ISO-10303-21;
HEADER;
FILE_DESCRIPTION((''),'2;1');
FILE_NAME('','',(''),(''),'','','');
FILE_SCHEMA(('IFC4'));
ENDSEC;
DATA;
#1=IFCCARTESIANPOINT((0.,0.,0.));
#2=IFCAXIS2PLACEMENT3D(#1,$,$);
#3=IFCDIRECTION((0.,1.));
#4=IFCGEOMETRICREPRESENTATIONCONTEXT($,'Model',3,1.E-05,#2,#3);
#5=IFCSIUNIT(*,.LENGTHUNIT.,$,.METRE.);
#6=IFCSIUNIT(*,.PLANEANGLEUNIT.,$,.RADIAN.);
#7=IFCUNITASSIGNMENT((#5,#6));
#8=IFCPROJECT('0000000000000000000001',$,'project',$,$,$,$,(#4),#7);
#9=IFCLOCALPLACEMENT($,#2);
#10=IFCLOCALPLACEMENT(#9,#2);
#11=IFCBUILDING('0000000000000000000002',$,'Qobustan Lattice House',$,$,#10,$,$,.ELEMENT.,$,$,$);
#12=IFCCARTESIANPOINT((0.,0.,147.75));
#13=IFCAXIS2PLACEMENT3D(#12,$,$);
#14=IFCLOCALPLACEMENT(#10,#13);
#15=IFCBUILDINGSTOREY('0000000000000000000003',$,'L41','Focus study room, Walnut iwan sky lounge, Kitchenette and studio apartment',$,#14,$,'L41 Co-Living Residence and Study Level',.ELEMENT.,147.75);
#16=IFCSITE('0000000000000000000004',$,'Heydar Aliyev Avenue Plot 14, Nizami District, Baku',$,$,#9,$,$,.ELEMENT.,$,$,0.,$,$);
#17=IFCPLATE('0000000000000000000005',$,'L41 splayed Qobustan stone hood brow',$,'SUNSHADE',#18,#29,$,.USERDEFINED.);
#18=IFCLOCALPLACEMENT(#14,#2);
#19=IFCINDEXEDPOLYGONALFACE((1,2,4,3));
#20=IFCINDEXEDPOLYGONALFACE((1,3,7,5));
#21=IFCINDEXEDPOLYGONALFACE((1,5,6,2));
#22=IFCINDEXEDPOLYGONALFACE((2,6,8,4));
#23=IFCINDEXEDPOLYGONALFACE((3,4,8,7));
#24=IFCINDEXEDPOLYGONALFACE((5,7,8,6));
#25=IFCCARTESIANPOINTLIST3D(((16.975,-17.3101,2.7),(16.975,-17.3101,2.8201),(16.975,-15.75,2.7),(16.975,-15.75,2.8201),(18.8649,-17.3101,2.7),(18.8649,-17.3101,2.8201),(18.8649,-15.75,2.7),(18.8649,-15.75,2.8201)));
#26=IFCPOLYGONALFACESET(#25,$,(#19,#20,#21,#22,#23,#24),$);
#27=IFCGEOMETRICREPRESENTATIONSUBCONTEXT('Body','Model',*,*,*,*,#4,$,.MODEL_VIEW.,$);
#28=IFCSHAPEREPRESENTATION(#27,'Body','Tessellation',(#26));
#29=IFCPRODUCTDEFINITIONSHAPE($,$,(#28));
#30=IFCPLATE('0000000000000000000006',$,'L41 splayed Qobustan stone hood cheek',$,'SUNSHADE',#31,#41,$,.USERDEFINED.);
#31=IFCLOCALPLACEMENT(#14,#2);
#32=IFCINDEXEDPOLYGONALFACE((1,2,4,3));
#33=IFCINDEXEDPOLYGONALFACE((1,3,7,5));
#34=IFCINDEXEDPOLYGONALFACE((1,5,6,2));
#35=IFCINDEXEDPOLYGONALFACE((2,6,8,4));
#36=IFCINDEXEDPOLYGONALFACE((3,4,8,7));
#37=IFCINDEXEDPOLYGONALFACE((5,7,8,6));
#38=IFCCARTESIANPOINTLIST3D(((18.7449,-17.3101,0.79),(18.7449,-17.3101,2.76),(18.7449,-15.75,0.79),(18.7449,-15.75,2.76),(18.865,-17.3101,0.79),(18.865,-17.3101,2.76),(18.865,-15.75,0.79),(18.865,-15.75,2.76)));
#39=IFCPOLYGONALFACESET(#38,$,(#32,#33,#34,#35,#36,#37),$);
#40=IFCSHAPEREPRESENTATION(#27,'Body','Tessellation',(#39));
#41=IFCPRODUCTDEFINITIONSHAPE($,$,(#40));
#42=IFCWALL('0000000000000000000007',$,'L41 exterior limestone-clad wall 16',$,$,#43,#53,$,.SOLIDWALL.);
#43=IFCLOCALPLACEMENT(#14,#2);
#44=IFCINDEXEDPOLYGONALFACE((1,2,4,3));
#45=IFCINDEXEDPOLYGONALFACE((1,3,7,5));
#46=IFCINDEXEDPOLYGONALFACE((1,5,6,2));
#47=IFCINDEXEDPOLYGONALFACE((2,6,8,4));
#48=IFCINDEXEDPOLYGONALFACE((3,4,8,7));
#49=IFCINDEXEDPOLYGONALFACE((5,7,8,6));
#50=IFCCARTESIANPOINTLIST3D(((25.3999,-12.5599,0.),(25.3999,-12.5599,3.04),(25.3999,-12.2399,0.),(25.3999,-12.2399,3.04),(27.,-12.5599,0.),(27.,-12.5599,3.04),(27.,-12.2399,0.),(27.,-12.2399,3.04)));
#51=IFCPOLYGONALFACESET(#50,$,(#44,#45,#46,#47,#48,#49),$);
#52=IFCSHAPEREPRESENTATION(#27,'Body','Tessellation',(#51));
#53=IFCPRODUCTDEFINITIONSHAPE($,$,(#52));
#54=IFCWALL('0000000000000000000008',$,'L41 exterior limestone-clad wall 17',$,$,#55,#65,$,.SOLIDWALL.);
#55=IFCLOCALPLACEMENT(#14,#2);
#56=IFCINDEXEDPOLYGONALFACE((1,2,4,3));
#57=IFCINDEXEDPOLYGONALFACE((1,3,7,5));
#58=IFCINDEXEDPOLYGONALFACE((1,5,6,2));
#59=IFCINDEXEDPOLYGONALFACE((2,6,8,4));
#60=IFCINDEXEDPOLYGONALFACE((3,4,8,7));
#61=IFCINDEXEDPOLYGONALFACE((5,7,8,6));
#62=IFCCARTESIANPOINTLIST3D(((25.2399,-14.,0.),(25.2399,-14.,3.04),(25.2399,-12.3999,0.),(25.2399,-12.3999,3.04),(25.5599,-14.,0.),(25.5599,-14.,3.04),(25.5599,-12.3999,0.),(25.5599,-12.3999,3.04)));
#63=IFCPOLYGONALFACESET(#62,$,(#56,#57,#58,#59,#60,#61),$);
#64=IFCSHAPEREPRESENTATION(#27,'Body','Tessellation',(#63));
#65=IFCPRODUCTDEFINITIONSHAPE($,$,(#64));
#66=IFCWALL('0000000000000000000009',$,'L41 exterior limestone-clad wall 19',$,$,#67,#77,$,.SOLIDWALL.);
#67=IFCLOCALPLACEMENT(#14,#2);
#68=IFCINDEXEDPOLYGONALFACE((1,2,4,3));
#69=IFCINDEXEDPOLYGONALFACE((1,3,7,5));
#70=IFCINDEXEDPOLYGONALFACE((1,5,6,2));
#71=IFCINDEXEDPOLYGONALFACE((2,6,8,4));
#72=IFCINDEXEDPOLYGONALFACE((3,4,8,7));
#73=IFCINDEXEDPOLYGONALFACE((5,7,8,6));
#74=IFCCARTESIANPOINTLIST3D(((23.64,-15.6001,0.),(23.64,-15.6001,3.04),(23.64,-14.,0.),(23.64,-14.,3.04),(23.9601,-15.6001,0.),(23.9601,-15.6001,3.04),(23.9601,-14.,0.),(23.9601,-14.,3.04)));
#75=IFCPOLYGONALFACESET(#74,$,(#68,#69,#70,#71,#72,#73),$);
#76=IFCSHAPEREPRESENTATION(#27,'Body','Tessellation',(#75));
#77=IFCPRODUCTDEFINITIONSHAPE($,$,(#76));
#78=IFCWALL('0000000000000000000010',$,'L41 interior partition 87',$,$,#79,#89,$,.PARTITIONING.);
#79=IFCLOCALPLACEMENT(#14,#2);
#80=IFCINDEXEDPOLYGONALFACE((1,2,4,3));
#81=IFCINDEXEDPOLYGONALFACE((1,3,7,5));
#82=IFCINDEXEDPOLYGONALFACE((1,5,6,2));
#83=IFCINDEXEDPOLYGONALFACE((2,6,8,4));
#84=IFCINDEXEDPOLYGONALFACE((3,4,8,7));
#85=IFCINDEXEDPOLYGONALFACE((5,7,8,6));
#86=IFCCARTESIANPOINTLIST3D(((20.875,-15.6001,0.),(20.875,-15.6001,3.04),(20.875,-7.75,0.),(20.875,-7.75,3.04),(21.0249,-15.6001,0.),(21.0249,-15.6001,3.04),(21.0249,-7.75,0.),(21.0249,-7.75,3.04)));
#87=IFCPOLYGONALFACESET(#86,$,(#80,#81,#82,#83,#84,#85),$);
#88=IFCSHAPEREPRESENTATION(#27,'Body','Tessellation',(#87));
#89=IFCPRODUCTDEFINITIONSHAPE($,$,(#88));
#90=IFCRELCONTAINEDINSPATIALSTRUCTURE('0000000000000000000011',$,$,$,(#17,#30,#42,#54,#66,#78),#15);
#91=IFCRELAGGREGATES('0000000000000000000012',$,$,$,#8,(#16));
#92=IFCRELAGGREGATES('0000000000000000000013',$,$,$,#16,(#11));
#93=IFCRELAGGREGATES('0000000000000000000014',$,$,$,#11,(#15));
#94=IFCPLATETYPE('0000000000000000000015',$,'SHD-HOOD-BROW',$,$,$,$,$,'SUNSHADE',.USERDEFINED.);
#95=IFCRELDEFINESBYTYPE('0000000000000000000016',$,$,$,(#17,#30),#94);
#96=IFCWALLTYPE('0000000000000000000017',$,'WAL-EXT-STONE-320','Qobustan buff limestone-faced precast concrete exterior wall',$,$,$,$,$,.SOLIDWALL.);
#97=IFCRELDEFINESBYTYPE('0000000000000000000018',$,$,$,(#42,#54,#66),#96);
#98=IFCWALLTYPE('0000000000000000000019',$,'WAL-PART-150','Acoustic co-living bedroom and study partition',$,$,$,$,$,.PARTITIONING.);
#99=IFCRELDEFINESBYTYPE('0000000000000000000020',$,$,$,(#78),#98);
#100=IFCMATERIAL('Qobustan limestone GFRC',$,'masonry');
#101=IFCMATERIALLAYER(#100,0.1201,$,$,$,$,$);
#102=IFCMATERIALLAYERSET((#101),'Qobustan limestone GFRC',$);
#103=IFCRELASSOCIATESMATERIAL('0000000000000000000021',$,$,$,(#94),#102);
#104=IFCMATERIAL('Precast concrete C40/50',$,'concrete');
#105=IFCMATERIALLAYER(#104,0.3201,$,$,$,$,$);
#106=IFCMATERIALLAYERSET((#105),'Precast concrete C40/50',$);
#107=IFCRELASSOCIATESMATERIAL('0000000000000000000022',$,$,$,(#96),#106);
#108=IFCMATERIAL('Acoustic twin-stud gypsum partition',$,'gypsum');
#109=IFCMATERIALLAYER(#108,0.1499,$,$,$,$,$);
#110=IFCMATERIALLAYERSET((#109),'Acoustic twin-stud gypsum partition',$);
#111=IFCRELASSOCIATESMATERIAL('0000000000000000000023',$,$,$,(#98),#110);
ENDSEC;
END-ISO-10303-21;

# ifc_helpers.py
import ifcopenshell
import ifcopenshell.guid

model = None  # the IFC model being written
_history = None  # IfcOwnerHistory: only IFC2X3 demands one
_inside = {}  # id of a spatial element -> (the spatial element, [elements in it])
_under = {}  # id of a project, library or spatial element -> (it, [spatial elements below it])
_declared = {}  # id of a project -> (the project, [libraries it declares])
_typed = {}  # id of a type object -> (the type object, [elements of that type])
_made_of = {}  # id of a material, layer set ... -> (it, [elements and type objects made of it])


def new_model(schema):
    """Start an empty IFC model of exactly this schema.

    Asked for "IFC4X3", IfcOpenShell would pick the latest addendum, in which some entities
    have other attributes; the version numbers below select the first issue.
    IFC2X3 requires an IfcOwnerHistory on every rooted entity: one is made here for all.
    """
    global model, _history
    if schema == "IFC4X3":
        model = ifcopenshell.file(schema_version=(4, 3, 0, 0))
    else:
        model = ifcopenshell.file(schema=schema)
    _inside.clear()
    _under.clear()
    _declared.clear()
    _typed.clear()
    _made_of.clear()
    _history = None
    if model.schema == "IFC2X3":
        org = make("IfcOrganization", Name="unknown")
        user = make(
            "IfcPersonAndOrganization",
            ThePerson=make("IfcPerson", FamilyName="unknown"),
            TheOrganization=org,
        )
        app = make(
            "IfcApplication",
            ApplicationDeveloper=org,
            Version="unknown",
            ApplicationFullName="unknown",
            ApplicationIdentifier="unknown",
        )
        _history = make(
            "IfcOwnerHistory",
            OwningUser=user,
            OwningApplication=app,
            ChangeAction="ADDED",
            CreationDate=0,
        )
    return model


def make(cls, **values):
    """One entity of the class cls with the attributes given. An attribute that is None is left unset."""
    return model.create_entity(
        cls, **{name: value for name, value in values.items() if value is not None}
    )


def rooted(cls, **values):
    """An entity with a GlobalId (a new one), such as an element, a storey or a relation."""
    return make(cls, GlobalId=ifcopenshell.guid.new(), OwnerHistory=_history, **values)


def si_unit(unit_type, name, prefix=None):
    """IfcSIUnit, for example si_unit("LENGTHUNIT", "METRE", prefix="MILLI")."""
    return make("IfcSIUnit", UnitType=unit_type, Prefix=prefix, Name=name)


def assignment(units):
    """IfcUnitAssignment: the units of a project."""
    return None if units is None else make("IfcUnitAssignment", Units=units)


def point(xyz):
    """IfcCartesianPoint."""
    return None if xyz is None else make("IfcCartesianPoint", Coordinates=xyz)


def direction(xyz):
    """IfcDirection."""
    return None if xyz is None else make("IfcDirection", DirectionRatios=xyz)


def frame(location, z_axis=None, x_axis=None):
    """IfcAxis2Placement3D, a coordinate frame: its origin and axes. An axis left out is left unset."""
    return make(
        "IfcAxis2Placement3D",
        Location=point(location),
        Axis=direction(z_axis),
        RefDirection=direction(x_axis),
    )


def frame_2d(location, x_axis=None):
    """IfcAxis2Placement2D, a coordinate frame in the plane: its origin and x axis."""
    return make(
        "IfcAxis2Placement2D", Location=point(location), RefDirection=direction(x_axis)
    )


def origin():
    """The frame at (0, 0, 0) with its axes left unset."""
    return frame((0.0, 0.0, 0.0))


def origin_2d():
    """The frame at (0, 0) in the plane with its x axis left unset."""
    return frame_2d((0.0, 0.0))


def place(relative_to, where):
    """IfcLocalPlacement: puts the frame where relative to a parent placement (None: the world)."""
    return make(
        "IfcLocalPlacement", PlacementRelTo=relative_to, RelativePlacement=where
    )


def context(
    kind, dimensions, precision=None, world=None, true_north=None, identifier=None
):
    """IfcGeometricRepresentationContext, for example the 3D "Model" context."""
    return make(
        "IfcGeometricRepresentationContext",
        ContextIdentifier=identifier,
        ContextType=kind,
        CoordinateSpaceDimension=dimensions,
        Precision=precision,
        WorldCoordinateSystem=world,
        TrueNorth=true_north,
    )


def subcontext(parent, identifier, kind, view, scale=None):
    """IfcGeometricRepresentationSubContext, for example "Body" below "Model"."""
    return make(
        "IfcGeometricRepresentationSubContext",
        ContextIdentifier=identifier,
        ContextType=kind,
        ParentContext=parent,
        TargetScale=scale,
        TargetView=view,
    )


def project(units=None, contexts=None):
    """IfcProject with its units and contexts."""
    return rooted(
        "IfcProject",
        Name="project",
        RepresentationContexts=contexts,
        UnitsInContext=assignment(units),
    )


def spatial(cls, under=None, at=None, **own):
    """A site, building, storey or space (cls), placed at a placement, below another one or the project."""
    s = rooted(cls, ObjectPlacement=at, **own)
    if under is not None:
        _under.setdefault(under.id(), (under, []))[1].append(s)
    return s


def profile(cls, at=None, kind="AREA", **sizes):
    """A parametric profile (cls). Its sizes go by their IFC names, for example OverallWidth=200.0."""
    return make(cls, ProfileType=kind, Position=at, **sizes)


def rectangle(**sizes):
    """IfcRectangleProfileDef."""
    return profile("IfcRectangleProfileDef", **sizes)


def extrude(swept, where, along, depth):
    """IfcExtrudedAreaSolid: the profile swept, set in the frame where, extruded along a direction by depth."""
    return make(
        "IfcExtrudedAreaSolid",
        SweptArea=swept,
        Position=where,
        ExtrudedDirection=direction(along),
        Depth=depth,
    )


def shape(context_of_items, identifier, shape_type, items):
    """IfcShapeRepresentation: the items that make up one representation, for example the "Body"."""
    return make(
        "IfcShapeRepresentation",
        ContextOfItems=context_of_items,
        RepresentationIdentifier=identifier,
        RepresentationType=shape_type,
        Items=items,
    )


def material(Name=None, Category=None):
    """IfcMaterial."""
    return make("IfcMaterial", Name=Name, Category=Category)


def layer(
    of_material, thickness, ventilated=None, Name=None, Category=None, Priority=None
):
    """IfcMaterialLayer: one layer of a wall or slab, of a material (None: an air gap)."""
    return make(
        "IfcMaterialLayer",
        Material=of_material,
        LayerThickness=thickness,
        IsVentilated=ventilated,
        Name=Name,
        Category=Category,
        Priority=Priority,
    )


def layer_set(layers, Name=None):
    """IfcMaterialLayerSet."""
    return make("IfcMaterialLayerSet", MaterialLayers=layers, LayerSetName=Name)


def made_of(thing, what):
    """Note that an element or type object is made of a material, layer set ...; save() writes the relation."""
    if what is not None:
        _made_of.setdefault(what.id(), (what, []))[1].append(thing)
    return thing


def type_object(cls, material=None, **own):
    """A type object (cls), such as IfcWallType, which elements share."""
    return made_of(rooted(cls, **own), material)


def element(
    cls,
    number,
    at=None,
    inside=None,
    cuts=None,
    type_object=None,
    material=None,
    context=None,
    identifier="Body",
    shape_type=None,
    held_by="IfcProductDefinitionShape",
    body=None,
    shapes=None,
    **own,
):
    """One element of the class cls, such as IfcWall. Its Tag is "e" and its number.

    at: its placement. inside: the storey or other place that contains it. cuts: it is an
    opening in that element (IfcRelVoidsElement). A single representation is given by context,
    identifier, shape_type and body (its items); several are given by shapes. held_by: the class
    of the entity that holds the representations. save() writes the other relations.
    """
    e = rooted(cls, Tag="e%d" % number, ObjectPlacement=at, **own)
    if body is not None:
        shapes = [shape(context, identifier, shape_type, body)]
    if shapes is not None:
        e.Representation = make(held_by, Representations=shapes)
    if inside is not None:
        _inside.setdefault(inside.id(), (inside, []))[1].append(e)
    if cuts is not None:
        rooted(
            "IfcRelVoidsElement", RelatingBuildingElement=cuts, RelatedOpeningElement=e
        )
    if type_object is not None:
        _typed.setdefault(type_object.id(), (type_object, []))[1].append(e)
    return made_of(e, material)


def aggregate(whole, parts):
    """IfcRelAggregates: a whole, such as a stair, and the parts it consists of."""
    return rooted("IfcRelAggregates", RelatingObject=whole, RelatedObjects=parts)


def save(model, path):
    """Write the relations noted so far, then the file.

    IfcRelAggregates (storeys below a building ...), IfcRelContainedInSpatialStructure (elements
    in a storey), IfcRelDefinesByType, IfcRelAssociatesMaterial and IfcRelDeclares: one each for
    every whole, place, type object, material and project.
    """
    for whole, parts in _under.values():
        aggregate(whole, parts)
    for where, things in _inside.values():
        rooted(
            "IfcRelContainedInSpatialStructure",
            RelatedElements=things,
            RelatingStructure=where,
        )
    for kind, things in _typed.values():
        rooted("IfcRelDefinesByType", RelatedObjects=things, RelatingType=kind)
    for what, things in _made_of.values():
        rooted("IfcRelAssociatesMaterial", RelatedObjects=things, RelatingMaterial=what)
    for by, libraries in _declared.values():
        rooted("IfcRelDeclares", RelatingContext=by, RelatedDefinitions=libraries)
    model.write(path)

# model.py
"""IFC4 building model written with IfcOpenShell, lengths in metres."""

from ifc_helpers import new_model, si_unit, direction, frame, frame_2d, origin, origin_2d, place, context, subcontext, project, spatial, rectangle, extrude, material, layer, layer_set, type_object, element, save


model = new_model("IFC4")

# Units and contexts
model_context = context("Model", 3, precision=1e-05, world=origin(), true_north=direction((0.0, 1.0)))
body_context = subcontext(model_context, "Body", "Model", "MODEL_VIEW")
ifc_project = project(units=[si_unit("LENGTHUNIT", "METRE"), si_unit("PLANEANGLEUNIT", "RADIAN")], contexts=[model_context])

# Site, building, storey
site_placement = place(None, origin())
site = spatial("IfcSite", under=ifc_project, at=site_placement, Name="Heydar Aliyev Avenue Plot 14, Nizami District, Baku", CompositionType="ELEMENT", RefElevation=0.0)
building_placement = place(site_placement, origin())
building = spatial("IfcBuilding", under=site, at=building_placement, Name="Qobustan Lattice House", CompositionType="ELEMENT")
storey_placement = place(building_placement, frame((0.0, 0.0, 147.75)))
storey = spatial("IfcBuildingStorey", under=building, at=storey_placement, Name="L41", Description="Focus study room, Walnut iwan sky lounge, Kitchenette and studio apartment", LongName="L41 Co-Living Residence and Study Level", CompositionType="ELEMENT", Elevation=147.75)

# Plates
ifc_material_1 = material(Name="Qobustan limestone GFRC", Category="masonry")
ifc_layer_1 = layer(ifc_material_1, 0.1201)
ifc_layer_set_1 = layer_set([ifc_layer_1], Name="Qobustan limestone GFRC")
plate_type_1 = type_object("IfcPlateType", Name="SHD-HOOD-BROW", ElementType="SUNSHADE", PredefinedType="USERDEFINED", material=ifc_layer_set_1)
plate_1_placement = place(storey_placement, frame((17.9199, -16.53, 2.7), z_axis=(0.0, 0.0, 1.0), x_axis=(-1.0, 0.0, 0.0)))
element("IfcPlate", 1, at=plate_1_placement, inside=storey, type_object=plate_type_1, Name="L41 splayed Qobustan stone hood brow", ObjectType="SUNSHADE", PredefinedType="USERDEFINED", context=body_context, shape_type="SweptSolid", body=[
    extrude(rectangle(XDim=1.8899, YDim=1.5601, at=origin_2d()), origin(), (0.0, 0.0, 1.0), 0.1201),
])
plate_2_placement = place(storey_placement, frame((18.8049, -16.53, 0.79), z_axis=(0.0, 0.0, 1.0), x_axis=(-1.0, 0.0, 0.0)))
element("IfcPlate", 2, at=plate_2_placement, inside=storey, type_object=plate_type_1, Name="L41 splayed Qobustan stone hood cheek", ObjectType="SUNSHADE", PredefinedType="USERDEFINED", context=body_context, shape_type="SweptSolid", body=[
    extrude(rectangle(XDim=0.1201, YDim=1.5601, at=origin_2d()), origin(), (0.0, 0.0, 1.0), 1.97),
])

# Walls
ifc_material_2 = material(Name="Precast concrete C40/50", Category="concrete")
ifc_layer_2 = layer(ifc_material_2, 0.3201)
ifc_layer_set_2 = layer_set([ifc_layer_2], Name="Precast concrete C40/50")
wall_type_1 = type_object("IfcWallType", Name="WAL-EXT-STONE-320", Description="Qobustan buff limestone-faced precast concrete exterior wall", PredefinedType="SOLIDWALL", material=ifc_layer_set_2)
for number, where, z_axis, x_axis, name in (
    (3, (27.0, -12.3999, 0.0), (0.0, 0.0, 1.0), (-1.0, 0.0, 0.0), "L41 exterior limestone-clad wall 16"),
    (4, (25.3999, -12.3999, 0.0), (0.0, 0.0, 1.0), (0.0, -1.0, 0.0), "L41 exterior limestone-clad wall 17"),
    (5, (23.8, -14.0, 0.0), (0.0, 0.0, 1.0), (0.0, -1.0, 0.0), "L41 exterior limestone-clad wall 19"),
):
    element("IfcWall", number, at=place(storey_placement, frame(where, z_axis=z_axis, x_axis=x_axis)), inside=storey, type_object=wall_type_1, Name=name, PredefinedType="SOLIDWALL", context=body_context, shape_type="SweptSolid", body=[
        extrude(rectangle(XDim=1.6001, YDim=0.3201, at=frame_2d((0.8, 0.0))), origin(), (0.0, 0.0, 1.0), 3.04),
    ])

# Wall
ifc_material_3 = material(Name="Acoustic twin-stud gypsum partition", Category="gypsum")
ifc_layer_3 = layer(ifc_material_3, 0.1499)
ifc_layer_set_3 = layer_set([ifc_layer_3], Name="Acoustic twin-stud gypsum partition")
wall_type_2 = type_object("IfcWallType", Name="WAL-PART-150", Description="Acoustic co-living bedroom and study partition", PredefinedType="PARTITIONING", material=ifc_layer_set_3)
wall_1_placement = place(storey_placement, frame((20.95, -15.6001, 0.0), z_axis=(0.0, 0.0, 1.0), x_axis=(0.0, 1.0, 0.0)))
element("IfcWall", 6, at=wall_1_placement, inside=storey, type_object=wall_type_2, Name="L41 interior partition 87", PredefinedType="PARTITIONING", context=body_context, shape_type="SweptSolid", body=[
    extrude(rectangle(XDim=7.8501, YDim=0.1499, at=frame_2d((3.925, 0.0))), origin(), (0.0, 0.0, 1.0), 3.04),
])

save(model, "model.ifc")
